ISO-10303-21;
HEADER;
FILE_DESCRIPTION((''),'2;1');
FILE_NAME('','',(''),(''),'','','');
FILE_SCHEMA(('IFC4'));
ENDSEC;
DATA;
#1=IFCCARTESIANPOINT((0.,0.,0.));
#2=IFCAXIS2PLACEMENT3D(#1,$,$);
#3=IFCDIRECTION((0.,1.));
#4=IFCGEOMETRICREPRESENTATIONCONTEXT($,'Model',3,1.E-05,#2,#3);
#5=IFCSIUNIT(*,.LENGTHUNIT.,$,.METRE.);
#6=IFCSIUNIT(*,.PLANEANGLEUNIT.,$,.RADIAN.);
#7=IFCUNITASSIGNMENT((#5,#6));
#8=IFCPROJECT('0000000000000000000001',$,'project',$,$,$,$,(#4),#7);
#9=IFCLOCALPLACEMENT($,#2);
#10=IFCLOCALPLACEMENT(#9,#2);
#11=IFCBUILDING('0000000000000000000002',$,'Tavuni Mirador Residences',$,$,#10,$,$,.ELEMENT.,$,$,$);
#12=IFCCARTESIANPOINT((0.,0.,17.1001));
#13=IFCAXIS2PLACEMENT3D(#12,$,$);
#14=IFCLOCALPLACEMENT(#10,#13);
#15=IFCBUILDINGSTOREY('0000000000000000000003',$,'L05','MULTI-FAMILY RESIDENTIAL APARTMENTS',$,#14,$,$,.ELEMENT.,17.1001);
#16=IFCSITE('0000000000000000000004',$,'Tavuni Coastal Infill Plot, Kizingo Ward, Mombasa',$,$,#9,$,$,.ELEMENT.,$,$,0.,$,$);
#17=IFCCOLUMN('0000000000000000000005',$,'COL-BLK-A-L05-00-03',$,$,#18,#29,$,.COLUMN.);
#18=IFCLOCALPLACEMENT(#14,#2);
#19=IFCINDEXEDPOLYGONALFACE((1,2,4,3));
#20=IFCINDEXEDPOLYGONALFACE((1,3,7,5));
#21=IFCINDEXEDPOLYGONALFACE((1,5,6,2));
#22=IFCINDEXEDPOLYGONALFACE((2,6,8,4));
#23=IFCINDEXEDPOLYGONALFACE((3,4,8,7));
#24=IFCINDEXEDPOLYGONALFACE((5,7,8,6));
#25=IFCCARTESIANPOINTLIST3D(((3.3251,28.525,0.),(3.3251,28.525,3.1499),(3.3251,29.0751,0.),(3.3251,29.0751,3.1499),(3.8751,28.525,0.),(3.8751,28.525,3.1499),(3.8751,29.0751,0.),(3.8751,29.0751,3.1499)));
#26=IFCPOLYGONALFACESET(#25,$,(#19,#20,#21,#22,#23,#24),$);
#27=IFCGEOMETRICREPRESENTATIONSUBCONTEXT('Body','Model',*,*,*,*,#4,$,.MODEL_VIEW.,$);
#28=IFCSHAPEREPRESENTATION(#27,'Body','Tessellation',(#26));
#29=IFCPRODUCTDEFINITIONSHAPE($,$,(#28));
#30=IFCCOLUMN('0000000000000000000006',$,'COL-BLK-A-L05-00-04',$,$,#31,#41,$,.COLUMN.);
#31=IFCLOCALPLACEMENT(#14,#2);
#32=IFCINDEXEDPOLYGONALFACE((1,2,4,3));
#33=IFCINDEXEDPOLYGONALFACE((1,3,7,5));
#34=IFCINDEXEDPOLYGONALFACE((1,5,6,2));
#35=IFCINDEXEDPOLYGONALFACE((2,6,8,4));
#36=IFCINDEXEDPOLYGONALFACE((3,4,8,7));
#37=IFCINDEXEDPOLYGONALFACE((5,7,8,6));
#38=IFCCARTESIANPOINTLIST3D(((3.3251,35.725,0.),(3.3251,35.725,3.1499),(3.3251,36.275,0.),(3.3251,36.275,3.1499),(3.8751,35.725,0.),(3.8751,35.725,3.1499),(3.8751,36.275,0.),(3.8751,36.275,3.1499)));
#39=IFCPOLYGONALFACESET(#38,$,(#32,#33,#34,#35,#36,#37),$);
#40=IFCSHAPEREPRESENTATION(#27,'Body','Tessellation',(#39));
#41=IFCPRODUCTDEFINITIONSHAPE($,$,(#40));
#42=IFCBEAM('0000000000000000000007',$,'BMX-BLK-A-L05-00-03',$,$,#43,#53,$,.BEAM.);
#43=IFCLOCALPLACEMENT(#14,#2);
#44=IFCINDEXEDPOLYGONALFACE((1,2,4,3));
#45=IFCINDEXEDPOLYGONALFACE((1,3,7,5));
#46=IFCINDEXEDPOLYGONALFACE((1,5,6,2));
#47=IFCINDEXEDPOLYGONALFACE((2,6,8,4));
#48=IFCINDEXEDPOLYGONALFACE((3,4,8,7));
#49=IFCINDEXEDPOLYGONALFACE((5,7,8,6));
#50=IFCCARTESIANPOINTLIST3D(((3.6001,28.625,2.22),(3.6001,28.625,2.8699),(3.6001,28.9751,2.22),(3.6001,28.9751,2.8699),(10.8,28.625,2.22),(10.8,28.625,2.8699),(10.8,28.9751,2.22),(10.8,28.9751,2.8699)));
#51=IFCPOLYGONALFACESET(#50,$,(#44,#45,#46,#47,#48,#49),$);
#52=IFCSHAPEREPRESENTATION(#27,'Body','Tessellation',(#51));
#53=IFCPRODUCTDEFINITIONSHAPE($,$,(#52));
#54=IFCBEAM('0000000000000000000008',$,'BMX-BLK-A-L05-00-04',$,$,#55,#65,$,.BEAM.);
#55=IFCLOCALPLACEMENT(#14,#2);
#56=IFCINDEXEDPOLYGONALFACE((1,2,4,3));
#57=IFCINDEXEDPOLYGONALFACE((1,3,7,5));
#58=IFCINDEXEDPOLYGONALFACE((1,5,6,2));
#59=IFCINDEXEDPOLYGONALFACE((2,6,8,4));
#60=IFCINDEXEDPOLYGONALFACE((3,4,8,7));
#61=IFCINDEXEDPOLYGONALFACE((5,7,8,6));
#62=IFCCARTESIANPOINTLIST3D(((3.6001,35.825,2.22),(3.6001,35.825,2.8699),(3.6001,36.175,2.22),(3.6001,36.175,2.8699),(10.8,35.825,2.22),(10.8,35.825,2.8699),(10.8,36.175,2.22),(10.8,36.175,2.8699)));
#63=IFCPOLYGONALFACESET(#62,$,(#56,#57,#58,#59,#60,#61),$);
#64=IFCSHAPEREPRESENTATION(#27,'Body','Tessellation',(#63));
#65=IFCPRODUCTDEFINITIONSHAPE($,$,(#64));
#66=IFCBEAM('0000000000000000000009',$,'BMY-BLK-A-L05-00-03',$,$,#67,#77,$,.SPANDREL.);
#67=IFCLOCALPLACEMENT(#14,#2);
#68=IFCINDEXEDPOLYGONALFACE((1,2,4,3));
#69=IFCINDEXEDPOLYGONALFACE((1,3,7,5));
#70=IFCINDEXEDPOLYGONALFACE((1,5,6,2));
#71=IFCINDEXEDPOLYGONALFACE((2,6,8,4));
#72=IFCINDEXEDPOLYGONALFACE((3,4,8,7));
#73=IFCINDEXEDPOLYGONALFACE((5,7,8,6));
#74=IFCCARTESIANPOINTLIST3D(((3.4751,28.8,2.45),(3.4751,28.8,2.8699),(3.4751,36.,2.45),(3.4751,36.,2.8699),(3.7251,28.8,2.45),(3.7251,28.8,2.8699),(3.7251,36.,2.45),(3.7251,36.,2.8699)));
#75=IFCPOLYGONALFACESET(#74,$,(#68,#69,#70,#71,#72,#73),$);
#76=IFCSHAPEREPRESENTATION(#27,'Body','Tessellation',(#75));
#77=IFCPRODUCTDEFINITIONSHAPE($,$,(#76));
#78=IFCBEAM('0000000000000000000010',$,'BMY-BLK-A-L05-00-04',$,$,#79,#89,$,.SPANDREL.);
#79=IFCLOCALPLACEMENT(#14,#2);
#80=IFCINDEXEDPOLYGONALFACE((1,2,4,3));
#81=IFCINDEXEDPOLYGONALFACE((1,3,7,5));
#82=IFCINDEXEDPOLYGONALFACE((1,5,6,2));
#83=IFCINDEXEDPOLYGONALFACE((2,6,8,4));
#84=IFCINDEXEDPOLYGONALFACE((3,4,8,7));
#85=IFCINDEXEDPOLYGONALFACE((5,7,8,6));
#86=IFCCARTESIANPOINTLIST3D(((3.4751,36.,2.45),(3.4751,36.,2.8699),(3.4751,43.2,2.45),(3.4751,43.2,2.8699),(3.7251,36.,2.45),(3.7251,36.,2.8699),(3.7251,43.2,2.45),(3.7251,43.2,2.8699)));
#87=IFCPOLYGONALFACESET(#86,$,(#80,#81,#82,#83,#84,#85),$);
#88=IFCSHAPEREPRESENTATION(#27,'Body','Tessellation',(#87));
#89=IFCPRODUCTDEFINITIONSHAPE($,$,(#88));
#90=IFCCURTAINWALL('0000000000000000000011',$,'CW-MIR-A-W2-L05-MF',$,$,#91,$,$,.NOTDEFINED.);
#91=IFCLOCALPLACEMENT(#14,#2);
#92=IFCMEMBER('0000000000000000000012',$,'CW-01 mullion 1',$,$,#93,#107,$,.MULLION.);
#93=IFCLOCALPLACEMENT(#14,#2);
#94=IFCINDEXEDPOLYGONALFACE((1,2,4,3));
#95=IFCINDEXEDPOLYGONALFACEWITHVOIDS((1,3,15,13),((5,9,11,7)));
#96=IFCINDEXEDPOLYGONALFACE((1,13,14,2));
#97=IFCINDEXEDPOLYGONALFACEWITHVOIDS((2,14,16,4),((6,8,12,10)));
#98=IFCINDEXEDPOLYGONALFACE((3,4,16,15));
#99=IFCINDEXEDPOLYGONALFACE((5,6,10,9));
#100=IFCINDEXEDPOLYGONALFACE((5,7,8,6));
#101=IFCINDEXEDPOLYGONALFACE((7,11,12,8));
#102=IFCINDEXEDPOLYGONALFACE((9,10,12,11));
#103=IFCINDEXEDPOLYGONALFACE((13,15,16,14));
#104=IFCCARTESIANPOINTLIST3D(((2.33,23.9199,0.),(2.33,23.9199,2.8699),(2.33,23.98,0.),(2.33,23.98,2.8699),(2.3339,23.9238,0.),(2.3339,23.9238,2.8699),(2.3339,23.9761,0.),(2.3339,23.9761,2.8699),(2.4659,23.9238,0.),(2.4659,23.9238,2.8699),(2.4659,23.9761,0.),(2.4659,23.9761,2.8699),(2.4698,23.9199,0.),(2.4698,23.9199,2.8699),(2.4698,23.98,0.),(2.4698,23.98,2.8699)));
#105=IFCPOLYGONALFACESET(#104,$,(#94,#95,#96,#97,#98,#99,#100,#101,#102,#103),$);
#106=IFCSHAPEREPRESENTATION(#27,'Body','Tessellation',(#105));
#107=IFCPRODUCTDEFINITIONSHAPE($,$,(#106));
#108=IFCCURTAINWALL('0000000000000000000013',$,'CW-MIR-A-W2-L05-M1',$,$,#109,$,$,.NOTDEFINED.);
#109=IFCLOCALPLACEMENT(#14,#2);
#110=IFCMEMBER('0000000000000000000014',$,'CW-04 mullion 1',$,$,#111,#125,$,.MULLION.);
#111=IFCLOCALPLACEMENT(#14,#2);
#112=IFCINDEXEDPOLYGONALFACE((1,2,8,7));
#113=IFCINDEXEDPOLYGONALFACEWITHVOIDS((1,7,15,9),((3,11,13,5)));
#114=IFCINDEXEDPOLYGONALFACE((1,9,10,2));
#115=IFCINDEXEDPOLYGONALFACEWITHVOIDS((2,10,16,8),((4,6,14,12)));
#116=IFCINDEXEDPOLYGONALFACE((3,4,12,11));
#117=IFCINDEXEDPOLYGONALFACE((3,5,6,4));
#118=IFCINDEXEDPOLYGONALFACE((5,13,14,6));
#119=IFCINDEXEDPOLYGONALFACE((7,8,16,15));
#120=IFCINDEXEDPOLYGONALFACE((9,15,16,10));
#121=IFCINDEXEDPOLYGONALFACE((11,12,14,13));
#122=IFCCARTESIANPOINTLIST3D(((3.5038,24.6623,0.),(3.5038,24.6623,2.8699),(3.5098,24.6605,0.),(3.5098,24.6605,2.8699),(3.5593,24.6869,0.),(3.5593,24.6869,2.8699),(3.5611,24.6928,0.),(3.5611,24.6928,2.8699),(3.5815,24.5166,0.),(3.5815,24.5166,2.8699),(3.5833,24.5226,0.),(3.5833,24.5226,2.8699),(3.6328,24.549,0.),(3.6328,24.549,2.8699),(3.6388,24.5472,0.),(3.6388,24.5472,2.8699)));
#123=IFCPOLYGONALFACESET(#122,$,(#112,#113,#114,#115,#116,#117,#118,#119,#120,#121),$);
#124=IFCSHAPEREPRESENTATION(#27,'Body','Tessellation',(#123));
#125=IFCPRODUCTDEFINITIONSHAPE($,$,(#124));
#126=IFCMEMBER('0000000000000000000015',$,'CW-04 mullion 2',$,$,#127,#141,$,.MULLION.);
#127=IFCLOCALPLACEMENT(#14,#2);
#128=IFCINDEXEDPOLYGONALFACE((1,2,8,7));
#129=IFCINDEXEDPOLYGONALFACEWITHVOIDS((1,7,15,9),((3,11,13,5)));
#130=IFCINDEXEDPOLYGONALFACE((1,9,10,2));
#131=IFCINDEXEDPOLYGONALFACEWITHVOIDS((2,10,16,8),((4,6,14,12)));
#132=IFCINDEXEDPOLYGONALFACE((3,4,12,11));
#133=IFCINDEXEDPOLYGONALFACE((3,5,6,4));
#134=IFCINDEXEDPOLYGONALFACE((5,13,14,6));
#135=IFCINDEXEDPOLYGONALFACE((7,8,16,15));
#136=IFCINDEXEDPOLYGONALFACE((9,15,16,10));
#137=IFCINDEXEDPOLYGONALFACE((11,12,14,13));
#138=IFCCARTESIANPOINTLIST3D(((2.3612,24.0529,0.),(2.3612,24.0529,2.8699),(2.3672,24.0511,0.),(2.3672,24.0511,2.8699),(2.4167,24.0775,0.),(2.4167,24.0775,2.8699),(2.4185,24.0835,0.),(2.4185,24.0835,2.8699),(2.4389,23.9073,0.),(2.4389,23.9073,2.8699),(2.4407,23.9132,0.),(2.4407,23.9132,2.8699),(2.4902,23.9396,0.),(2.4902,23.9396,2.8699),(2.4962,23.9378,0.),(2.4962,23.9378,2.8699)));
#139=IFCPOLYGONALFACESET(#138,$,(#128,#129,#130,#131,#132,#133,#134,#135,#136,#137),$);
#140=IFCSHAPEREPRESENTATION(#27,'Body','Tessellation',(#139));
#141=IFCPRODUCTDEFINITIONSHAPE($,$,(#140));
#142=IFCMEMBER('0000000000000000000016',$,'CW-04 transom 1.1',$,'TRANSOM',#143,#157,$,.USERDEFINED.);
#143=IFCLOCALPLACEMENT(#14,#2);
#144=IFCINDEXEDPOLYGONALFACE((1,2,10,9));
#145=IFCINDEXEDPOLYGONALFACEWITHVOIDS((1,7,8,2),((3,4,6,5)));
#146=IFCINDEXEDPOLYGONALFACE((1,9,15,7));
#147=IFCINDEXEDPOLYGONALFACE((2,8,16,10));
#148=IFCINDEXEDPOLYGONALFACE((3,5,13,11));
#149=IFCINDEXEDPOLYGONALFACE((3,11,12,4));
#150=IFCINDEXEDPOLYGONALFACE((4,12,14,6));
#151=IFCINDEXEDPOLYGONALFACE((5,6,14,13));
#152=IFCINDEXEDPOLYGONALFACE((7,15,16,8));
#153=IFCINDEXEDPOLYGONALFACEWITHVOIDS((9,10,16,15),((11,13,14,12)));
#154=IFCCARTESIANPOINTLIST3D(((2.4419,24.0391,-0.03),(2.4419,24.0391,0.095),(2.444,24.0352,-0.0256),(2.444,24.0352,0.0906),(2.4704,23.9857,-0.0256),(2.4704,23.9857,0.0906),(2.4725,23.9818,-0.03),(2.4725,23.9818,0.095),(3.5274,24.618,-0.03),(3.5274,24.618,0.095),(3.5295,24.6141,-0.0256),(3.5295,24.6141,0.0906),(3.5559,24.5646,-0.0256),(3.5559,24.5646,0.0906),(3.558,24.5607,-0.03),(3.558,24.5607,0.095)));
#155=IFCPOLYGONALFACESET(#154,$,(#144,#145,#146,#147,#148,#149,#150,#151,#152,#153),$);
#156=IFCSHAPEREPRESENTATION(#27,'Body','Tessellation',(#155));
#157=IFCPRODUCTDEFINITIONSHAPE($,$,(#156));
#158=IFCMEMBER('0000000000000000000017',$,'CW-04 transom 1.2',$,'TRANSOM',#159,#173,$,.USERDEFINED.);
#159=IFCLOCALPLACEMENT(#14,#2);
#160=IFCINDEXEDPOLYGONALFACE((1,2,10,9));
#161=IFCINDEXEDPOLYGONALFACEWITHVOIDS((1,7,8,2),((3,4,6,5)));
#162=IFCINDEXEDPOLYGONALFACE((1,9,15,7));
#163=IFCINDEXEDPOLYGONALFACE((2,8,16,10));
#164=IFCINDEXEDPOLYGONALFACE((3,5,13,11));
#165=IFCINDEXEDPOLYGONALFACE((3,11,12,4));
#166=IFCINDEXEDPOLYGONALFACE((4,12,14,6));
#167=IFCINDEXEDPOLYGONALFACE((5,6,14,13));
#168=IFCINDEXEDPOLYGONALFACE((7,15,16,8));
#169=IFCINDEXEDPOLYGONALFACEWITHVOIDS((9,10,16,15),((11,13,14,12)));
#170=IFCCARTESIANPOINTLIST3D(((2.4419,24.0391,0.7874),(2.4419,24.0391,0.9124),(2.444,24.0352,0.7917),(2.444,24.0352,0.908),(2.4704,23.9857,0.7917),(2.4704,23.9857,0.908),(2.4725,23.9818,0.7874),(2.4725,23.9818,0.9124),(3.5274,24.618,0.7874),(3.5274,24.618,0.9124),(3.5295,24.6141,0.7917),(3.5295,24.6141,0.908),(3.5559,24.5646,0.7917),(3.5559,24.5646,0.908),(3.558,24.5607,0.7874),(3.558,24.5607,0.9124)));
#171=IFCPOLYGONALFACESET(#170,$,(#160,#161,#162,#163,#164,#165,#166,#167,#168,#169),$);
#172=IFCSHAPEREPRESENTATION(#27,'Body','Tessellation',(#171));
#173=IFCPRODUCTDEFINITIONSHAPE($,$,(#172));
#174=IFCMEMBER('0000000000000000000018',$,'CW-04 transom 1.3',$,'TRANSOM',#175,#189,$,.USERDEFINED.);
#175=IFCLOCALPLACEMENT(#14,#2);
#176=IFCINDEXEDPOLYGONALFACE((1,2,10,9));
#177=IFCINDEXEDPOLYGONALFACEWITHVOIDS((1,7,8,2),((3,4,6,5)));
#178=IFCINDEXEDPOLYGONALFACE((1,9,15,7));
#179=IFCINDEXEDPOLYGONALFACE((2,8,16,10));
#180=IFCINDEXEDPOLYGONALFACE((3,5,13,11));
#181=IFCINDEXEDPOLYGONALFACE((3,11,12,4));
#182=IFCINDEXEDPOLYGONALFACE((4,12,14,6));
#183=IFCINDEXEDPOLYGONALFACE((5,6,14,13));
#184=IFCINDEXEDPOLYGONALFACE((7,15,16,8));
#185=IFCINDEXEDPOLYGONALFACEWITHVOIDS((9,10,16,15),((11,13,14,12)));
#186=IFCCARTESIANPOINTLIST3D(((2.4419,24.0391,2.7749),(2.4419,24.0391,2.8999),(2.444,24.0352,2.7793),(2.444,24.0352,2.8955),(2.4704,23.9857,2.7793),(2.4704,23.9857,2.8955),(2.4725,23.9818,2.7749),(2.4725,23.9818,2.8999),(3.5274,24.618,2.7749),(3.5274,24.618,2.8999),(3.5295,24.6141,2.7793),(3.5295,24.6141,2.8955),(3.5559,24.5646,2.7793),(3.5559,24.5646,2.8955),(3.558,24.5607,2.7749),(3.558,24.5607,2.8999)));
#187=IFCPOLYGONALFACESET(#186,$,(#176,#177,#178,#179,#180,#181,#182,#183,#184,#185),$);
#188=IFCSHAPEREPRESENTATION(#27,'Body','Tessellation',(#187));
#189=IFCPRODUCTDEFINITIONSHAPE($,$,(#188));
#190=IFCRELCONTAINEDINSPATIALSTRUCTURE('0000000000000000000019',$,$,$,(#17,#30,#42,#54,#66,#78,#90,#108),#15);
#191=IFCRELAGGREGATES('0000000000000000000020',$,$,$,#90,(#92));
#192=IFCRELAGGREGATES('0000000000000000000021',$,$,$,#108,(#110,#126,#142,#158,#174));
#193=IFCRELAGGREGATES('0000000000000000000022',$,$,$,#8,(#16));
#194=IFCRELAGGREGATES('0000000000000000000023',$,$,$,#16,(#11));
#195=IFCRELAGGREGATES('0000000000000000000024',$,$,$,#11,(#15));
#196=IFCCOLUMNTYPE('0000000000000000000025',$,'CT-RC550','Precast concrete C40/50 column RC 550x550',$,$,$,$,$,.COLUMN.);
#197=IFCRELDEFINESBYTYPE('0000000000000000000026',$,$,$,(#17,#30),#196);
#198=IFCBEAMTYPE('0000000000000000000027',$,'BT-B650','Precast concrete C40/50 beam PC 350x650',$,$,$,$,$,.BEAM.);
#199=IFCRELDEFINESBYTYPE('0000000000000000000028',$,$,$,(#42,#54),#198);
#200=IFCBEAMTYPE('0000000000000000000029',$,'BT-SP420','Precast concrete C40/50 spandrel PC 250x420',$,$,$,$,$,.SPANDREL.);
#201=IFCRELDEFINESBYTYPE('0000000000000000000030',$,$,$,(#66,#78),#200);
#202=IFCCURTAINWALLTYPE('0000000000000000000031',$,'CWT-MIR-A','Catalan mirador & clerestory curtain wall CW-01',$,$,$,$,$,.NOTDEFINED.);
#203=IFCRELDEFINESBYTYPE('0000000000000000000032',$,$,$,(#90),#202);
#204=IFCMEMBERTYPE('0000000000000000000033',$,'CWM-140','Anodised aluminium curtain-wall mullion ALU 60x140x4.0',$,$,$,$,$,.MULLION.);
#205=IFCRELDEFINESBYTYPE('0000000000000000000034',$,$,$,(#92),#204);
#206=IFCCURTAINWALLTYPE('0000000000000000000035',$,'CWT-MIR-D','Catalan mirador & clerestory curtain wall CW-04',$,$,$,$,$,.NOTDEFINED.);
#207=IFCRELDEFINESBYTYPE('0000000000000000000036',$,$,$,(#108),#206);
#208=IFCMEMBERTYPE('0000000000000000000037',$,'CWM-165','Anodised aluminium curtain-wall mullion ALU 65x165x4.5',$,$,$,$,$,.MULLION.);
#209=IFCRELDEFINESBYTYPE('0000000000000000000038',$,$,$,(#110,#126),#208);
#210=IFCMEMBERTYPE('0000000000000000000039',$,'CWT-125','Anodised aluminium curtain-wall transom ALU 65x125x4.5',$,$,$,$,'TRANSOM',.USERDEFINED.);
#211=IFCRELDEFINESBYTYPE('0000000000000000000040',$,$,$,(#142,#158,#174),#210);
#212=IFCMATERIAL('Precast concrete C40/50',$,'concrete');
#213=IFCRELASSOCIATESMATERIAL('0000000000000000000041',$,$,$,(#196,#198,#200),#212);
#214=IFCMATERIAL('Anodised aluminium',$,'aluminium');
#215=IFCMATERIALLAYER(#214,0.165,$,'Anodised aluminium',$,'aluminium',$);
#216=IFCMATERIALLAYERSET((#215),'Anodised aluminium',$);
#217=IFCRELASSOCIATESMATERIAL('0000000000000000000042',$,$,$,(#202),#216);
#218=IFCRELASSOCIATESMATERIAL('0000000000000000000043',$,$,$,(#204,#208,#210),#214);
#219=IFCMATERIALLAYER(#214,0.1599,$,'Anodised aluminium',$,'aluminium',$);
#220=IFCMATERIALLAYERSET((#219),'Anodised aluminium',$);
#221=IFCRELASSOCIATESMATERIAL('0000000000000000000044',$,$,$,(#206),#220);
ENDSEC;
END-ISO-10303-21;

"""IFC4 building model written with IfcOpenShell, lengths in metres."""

from ifc_helpers import new_model, si_unit, direction, frame, origin, origin_2d, place, context, subcontext, project, spatial, rectangle, hollow_rectangle, extrude, material, layer, layer_set, material_profile, profile_set, type_object, element, aggregate, save


model = new_model("IFC4")

# Units and contexts
model_context = context("Model", 3, precision=1e-05, world=origin(), true_north=direction((0.0, 1.0)))
body_context = subcontext(model_context, "Body", "Model", "MODEL_VIEW")
ifc_project = project(units=[si_unit("LENGTHUNIT", "METRE"), si_unit("PLANEANGLEUNIT", "RADIAN")], contexts=[model_context])

# Site, building, storey
site_placement = place(None, origin())
site = spatial("IfcSite", under=ifc_project, at=site_placement, Name="Tavuni Coastal Infill Plot, Kizingo Ward, Mombasa", CompositionType="ELEMENT", RefElevation=0.0)
building_placement = place(site_placement, origin())
building = spatial("IfcBuilding", under=site, at=building_placement, Name="Tavuni Mirador Residences", CompositionType="ELEMENT")
storey_placement = place(building_placement, frame((0.0, 0.0, 17.1001)))
storey = spatial("IfcBuildingStorey", under=building, at=storey_placement, Name="L05", Description="MULTI-FAMILY RESIDENTIAL APARTMENTS", CompositionType="ELEMENT", Elevation=17.1001)

# Columns
ifc_material_1 = material(Name="Precast concrete C40/50", Category="concrete")
ifc_material_profile_1 = material_profile(ifc_material_1, rectangle(XDim=0.55, YDim=0.55, at=origin_2d()), Name="RC 550x550", Category="concrete")
ifc_profile_set_1 = profile_set([ifc_material_profile_1], Name="Precast concrete C40/50")
column_type = type_object("IfcColumnType", Name="CT-RC550", Description="Precast concrete C40/50 column RC 550x550", PredefinedType="COLUMN", material=ifc_profile_set_1)
for number, where, z_axis, x_axis, name in (
    (1, (3.6001, 28.8, 0.0), (0.0, 0.0, 1.0), (1.0, 0.0, 0.0), "COL-BLK-A-L05-00-03"),
    (2, (3.6001, 36.0, 0.0), (0.0, 0.0, 1.0), (1.0, 0.0, 0.0), "COL-BLK-A-L05-00-04"),
):
    element("IfcColumn", number, at=place(storey_placement, frame(where, z_axis=z_axis, x_axis=x_axis)), inside=storey, type_object=column_type, Name=name, PredefinedType="COLUMN", context=body_context, shape_type="SweptSolid", body=[
        extrude(rectangle(XDim=0.55, YDim=0.55, at=origin_2d()), origin(), (0.0, 0.0, 1.0), 3.1499),
    ])

# Beams
ifc_material_profile_2 = material_profile(ifc_material_1, rectangle(XDim=0.3501, YDim=0.6499, at=origin_2d()), Name="PC 350x650", Category="concrete")
ifc_profile_set_2 = profile_set([ifc_material_profile_2], Name="Precast concrete C40/50")
beam_type_1 = type_object("IfcBeamType", Name="BT-B650", Description="Precast concrete C40/50 beam PC 350x650", PredefinedType="BEAM", material=ifc_profile_set_2)
for number, where, z_axis, x_axis, name in (
    (3, (3.6001, 28.8, 2.5449), (1.0, 0.0, 0.0), (0.0, 1.0, 0.0), "BMX-BLK-A-L05-00-03"),
    (4, (3.6001, 36.0, 2.5449), (1.0, 0.0, 0.0), (0.0, 1.0, 0.0), "BMX-BLK-A-L05-00-04"),
):
    element("IfcBeam", number, at=place(storey_placement, frame(where, z_axis=z_axis, x_axis=x_axis)), inside=storey, type_object=beam_type_1, Name=name, PredefinedType="BEAM", context=body_context, shape_type="SweptSolid", body=[
        extrude(rectangle(XDim=0.3501, YDim=0.6499, at=origin_2d()), origin(), (0.0, 0.0, 1.0), 7.2),
    ])
ifc_material_profile_3 = material_profile(ifc_material_1, rectangle(XDim=0.25, YDim=0.4199, at=origin_2d()), Name="PC 250x420", Category="concrete")
ifc_profile_set_3 = profile_set([ifc_material_profile_3], Name="Precast concrete C40/50")
beam_type_2 = type_object("IfcBeamType", Name="BT-SP420", Description="Precast concrete C40/50 spandrel PC 250x420", PredefinedType="SPANDREL", material=ifc_profile_set_3)
for number, where, z_axis, x_axis, name in (
    (5, (3.6001, 28.8, 2.6599), (0.0, 1.0, 0.0), (-1.0, 0.0, 0.0), "BMY-BLK-A-L05-00-03"),
    (6, (3.6001, 36.0, 2.6599), (0.0, 1.0, 0.0), (-1.0, 0.0, 0.0), "BMY-BLK-A-L05-00-04"),
):
    element("IfcBeam", number, at=place(storey_placement, frame(where, z_axis=z_axis, x_axis=x_axis)), inside=storey, type_object=beam_type_2, Name=name, PredefinedType="SPANDREL", context=body_context, shape_type="SweptSolid", body=[
        extrude(rectangle(XDim=0.25, YDim=0.4199, at=origin_2d()), origin(), (0.0, 0.0, 1.0), 7.2),
    ])

# Curtain wall, member
ifc_material_2 = material(Name="Anodised aluminium", Category="aluminium")
ifc_layer_1 = layer(ifc_material_2, 0.165, Name="Anodised aluminium", Category="aluminium")
ifc_layer_set_1 = layer_set([ifc_layer_1], Name="Anodised aluminium")
curtain_wall_type_1 = type_object("IfcCurtainWallType", Name="CWT-MIR-A", Description="Catalan mirador & clerestory curtain wall CW-01", PredefinedType="NOTDEFINED", material=ifc_layer_set_1)
curtain_wall_1_placement = place(storey_placement, origin())
curtain_wall_1 = element("IfcCurtainWall", 7, at=curtain_wall_1_placement, inside=storey, type_object=curtain_wall_type_1, Name="CW-MIR-A-W2-L05-MF", PredefinedType="NOTDEFINED")
ifc_material_profile_4 = material_profile(ifc_material_2, hollow_rectangle(XDim=0.0601, YDim=0.1399, WallThickness=0.0039, at=origin_2d()), Name="ALU 60x140x4.0", Category="aluminium")
ifc_profile_set_4 = profile_set([ifc_material_profile_4], Name="Anodised aluminium")
member_type_1 = type_object("IfcMemberType", Name="CWM-140", Description="Anodised aluminium curtain-wall mullion ALU 60x140x4.0", PredefinedType="MULLION", material=ifc_profile_set_4)
member_1_placement = place(storey_placement, frame((2.3999, 23.95, 0.0), z_axis=(0.0, 0.0, 1.0), x_axis=(0.0, -1.0, 0.0)))
member_1 = element("IfcMember", 8, at=member_1_placement, type_object=member_type_1, Name="CW-01 mullion 1", PredefinedType="MULLION", context=body_context, shape_type="SweptSolid", body=[
    extrude(hollow_rectangle(XDim=0.0601, YDim=0.1399, WallThickness=0.0039, at=origin_2d()), origin(), (0.0, 0.0, 1.0), 2.8699),
])
aggregate(curtain_wall_1, [member_1])

# Curtain wall, members
ifc_layer_2 = layer(ifc_material_2, 0.1599, Name="Anodised aluminium", Category="aluminium")
ifc_layer_set_2 = layer_set([ifc_layer_2], Name="Anodised aluminium")
curtain_wall_type_2 = type_object("IfcCurtainWallType", Name="CWT-MIR-D", Description="Catalan mirador & clerestory curtain wall CW-04", PredefinedType="NOTDEFINED", material=ifc_layer_set_2)
curtain_wall_2_placement = place(storey_placement, origin())
curtain_wall_2 = element("IfcCurtainWall", 9, at=curtain_wall_2_placement, inside=storey, type_object=curtain_wall_type_2, Name="CW-MIR-A-W2-L05-M1", PredefinedType="NOTDEFINED")
ifc_material_profile_5 = material_profile(ifc_material_2, hollow_rectangle(XDim=0.0649, YDim=0.165, WallThickness=0.0044, at=origin_2d()), Name="ALU 65x165x4.5", Category="aluminium")
ifc_profile_set_5 = profile_set([ifc_material_profile_5], Name="Anodised aluminium")
member_type_2 = type_object("IfcMemberType", Name="CWM-165", Description="Anodised aluminium curtain-wall mullion ALU 65x165x4.5", PredefinedType="MULLION", material=ifc_profile_set_5)
member_2_placement = place(storey_placement, frame((3.5713, 24.6047, 0.0), z_axis=(0.0, 0.0, 1.0), x_axis=(-0.882353, -0.470588, 0.0)))
member_2 = element("IfcMember", 10, at=member_2_placement, type_object=member_type_2, Name="CW-04 mullion 1", PredefinedType="MULLION", context=body_context, shape_type="SweptSolid", body=[
    extrude(hollow_rectangle(XDim=0.0649, YDim=0.165, WallThickness=0.0044, at=origin_2d()), origin(), (0.0, 0.0, 1.0), 2.8699),
])
member_3_placement = place(storey_placement, frame((2.4287, 23.9954, 0.0), z_axis=(0.0, 0.0, 1.0), x_axis=(-0.882353, -0.470588, 0.0)))
member_3 = element("IfcMember", 11, at=member_3_placement, type_object=member_type_2, Name="CW-04 mullion 2", PredefinedType="MULLION", context=body_context, shape_type="SweptSolid", body=[
    extrude(hollow_rectangle(XDim=0.0649, YDim=0.165, WallThickness=0.0044, at=origin_2d()), origin(), (0.0, 0.0, 1.0), 2.8699),
])
ifc_material_profile_6 = material_profile(ifc_material_2, hollow_rectangle(XDim=0.0649, YDim=0.125, WallThickness=0.0044, at=origin_2d()), Name="ALU 65x125x4.5", Category="aluminium")
ifc_profile_set_6 = profile_set([ifc_material_profile_6], Name="Anodised aluminium")
member_type_3 = type_object("IfcMemberType", Name="CWT-125", Description="Anodised aluminium curtain-wall transom ALU 65x125x4.5", ElementType="TRANSOM", PredefinedType="USERDEFINED", material=ifc_profile_set_6)
member_4_placement = place(storey_placement, frame((3.5427, 24.5894, 0.0325), z_axis=(-0.882369, -0.470557, 0.0), x_axis=(0.470557, -0.882369, 0.0)))
member_4 = element("IfcMember", 12, at=member_4_placement, type_object=member_type_3, Name="CW-04 transom 1.1", ObjectType="TRANSOM", PredefinedType="USERDEFINED", context=body_context, shape_type="SweptSolid", body=[
    extrude(hollow_rectangle(XDim=0.0649, YDim=0.125, WallThickness=0.0044, at=origin_2d()), origin(), (0.0, 0.0, 1.0), 1.2302),
])
member_5_placement = place(storey_placement, frame((3.5427, 24.5894, 0.8499), z_axis=(-0.882369, -0.470557, 0.0), x_axis=(0.470557, -0.882369, 0.0)))
member_5 = element("IfcMember", 13, at=member_5_placement, type_object=member_type_3, Name="CW-04 transom 1.2", ObjectType="TRANSOM", PredefinedType="USERDEFINED", context=body_context, shape_type="SweptSolid", body=[
    extrude(hollow_rectangle(XDim=0.0649, YDim=0.125, WallThickness=0.0044, at=origin_2d()), origin(), (0.0, 0.0, 1.0), 1.2302),
])
member_6_placement = place(storey_placement, frame((3.5427, 24.5894, 2.8374), z_axis=(-0.882369, -0.470557, 0.0), x_axis=(0.470557, -0.882369, 0.0)))
member_6 = element("IfcMember", 14, at=member_6_placement, type_object=member_type_3, Name="CW-04 transom 1.3", ObjectType="TRANSOM", PredefinedType="USERDEFINED", context=body_context, shape_type="SweptSolid", body=[
    extrude(hollow_rectangle(XDim=0.0649, YDim=0.125, WallThickness=0.0044, at=origin_2d()), origin(), (0.0, 0.0, 1.0), 1.2302),
])

aggregate(curtain_wall_2, [member_2, member_3, member_4, member_5, member_6])

save(model, "model.ifc")
